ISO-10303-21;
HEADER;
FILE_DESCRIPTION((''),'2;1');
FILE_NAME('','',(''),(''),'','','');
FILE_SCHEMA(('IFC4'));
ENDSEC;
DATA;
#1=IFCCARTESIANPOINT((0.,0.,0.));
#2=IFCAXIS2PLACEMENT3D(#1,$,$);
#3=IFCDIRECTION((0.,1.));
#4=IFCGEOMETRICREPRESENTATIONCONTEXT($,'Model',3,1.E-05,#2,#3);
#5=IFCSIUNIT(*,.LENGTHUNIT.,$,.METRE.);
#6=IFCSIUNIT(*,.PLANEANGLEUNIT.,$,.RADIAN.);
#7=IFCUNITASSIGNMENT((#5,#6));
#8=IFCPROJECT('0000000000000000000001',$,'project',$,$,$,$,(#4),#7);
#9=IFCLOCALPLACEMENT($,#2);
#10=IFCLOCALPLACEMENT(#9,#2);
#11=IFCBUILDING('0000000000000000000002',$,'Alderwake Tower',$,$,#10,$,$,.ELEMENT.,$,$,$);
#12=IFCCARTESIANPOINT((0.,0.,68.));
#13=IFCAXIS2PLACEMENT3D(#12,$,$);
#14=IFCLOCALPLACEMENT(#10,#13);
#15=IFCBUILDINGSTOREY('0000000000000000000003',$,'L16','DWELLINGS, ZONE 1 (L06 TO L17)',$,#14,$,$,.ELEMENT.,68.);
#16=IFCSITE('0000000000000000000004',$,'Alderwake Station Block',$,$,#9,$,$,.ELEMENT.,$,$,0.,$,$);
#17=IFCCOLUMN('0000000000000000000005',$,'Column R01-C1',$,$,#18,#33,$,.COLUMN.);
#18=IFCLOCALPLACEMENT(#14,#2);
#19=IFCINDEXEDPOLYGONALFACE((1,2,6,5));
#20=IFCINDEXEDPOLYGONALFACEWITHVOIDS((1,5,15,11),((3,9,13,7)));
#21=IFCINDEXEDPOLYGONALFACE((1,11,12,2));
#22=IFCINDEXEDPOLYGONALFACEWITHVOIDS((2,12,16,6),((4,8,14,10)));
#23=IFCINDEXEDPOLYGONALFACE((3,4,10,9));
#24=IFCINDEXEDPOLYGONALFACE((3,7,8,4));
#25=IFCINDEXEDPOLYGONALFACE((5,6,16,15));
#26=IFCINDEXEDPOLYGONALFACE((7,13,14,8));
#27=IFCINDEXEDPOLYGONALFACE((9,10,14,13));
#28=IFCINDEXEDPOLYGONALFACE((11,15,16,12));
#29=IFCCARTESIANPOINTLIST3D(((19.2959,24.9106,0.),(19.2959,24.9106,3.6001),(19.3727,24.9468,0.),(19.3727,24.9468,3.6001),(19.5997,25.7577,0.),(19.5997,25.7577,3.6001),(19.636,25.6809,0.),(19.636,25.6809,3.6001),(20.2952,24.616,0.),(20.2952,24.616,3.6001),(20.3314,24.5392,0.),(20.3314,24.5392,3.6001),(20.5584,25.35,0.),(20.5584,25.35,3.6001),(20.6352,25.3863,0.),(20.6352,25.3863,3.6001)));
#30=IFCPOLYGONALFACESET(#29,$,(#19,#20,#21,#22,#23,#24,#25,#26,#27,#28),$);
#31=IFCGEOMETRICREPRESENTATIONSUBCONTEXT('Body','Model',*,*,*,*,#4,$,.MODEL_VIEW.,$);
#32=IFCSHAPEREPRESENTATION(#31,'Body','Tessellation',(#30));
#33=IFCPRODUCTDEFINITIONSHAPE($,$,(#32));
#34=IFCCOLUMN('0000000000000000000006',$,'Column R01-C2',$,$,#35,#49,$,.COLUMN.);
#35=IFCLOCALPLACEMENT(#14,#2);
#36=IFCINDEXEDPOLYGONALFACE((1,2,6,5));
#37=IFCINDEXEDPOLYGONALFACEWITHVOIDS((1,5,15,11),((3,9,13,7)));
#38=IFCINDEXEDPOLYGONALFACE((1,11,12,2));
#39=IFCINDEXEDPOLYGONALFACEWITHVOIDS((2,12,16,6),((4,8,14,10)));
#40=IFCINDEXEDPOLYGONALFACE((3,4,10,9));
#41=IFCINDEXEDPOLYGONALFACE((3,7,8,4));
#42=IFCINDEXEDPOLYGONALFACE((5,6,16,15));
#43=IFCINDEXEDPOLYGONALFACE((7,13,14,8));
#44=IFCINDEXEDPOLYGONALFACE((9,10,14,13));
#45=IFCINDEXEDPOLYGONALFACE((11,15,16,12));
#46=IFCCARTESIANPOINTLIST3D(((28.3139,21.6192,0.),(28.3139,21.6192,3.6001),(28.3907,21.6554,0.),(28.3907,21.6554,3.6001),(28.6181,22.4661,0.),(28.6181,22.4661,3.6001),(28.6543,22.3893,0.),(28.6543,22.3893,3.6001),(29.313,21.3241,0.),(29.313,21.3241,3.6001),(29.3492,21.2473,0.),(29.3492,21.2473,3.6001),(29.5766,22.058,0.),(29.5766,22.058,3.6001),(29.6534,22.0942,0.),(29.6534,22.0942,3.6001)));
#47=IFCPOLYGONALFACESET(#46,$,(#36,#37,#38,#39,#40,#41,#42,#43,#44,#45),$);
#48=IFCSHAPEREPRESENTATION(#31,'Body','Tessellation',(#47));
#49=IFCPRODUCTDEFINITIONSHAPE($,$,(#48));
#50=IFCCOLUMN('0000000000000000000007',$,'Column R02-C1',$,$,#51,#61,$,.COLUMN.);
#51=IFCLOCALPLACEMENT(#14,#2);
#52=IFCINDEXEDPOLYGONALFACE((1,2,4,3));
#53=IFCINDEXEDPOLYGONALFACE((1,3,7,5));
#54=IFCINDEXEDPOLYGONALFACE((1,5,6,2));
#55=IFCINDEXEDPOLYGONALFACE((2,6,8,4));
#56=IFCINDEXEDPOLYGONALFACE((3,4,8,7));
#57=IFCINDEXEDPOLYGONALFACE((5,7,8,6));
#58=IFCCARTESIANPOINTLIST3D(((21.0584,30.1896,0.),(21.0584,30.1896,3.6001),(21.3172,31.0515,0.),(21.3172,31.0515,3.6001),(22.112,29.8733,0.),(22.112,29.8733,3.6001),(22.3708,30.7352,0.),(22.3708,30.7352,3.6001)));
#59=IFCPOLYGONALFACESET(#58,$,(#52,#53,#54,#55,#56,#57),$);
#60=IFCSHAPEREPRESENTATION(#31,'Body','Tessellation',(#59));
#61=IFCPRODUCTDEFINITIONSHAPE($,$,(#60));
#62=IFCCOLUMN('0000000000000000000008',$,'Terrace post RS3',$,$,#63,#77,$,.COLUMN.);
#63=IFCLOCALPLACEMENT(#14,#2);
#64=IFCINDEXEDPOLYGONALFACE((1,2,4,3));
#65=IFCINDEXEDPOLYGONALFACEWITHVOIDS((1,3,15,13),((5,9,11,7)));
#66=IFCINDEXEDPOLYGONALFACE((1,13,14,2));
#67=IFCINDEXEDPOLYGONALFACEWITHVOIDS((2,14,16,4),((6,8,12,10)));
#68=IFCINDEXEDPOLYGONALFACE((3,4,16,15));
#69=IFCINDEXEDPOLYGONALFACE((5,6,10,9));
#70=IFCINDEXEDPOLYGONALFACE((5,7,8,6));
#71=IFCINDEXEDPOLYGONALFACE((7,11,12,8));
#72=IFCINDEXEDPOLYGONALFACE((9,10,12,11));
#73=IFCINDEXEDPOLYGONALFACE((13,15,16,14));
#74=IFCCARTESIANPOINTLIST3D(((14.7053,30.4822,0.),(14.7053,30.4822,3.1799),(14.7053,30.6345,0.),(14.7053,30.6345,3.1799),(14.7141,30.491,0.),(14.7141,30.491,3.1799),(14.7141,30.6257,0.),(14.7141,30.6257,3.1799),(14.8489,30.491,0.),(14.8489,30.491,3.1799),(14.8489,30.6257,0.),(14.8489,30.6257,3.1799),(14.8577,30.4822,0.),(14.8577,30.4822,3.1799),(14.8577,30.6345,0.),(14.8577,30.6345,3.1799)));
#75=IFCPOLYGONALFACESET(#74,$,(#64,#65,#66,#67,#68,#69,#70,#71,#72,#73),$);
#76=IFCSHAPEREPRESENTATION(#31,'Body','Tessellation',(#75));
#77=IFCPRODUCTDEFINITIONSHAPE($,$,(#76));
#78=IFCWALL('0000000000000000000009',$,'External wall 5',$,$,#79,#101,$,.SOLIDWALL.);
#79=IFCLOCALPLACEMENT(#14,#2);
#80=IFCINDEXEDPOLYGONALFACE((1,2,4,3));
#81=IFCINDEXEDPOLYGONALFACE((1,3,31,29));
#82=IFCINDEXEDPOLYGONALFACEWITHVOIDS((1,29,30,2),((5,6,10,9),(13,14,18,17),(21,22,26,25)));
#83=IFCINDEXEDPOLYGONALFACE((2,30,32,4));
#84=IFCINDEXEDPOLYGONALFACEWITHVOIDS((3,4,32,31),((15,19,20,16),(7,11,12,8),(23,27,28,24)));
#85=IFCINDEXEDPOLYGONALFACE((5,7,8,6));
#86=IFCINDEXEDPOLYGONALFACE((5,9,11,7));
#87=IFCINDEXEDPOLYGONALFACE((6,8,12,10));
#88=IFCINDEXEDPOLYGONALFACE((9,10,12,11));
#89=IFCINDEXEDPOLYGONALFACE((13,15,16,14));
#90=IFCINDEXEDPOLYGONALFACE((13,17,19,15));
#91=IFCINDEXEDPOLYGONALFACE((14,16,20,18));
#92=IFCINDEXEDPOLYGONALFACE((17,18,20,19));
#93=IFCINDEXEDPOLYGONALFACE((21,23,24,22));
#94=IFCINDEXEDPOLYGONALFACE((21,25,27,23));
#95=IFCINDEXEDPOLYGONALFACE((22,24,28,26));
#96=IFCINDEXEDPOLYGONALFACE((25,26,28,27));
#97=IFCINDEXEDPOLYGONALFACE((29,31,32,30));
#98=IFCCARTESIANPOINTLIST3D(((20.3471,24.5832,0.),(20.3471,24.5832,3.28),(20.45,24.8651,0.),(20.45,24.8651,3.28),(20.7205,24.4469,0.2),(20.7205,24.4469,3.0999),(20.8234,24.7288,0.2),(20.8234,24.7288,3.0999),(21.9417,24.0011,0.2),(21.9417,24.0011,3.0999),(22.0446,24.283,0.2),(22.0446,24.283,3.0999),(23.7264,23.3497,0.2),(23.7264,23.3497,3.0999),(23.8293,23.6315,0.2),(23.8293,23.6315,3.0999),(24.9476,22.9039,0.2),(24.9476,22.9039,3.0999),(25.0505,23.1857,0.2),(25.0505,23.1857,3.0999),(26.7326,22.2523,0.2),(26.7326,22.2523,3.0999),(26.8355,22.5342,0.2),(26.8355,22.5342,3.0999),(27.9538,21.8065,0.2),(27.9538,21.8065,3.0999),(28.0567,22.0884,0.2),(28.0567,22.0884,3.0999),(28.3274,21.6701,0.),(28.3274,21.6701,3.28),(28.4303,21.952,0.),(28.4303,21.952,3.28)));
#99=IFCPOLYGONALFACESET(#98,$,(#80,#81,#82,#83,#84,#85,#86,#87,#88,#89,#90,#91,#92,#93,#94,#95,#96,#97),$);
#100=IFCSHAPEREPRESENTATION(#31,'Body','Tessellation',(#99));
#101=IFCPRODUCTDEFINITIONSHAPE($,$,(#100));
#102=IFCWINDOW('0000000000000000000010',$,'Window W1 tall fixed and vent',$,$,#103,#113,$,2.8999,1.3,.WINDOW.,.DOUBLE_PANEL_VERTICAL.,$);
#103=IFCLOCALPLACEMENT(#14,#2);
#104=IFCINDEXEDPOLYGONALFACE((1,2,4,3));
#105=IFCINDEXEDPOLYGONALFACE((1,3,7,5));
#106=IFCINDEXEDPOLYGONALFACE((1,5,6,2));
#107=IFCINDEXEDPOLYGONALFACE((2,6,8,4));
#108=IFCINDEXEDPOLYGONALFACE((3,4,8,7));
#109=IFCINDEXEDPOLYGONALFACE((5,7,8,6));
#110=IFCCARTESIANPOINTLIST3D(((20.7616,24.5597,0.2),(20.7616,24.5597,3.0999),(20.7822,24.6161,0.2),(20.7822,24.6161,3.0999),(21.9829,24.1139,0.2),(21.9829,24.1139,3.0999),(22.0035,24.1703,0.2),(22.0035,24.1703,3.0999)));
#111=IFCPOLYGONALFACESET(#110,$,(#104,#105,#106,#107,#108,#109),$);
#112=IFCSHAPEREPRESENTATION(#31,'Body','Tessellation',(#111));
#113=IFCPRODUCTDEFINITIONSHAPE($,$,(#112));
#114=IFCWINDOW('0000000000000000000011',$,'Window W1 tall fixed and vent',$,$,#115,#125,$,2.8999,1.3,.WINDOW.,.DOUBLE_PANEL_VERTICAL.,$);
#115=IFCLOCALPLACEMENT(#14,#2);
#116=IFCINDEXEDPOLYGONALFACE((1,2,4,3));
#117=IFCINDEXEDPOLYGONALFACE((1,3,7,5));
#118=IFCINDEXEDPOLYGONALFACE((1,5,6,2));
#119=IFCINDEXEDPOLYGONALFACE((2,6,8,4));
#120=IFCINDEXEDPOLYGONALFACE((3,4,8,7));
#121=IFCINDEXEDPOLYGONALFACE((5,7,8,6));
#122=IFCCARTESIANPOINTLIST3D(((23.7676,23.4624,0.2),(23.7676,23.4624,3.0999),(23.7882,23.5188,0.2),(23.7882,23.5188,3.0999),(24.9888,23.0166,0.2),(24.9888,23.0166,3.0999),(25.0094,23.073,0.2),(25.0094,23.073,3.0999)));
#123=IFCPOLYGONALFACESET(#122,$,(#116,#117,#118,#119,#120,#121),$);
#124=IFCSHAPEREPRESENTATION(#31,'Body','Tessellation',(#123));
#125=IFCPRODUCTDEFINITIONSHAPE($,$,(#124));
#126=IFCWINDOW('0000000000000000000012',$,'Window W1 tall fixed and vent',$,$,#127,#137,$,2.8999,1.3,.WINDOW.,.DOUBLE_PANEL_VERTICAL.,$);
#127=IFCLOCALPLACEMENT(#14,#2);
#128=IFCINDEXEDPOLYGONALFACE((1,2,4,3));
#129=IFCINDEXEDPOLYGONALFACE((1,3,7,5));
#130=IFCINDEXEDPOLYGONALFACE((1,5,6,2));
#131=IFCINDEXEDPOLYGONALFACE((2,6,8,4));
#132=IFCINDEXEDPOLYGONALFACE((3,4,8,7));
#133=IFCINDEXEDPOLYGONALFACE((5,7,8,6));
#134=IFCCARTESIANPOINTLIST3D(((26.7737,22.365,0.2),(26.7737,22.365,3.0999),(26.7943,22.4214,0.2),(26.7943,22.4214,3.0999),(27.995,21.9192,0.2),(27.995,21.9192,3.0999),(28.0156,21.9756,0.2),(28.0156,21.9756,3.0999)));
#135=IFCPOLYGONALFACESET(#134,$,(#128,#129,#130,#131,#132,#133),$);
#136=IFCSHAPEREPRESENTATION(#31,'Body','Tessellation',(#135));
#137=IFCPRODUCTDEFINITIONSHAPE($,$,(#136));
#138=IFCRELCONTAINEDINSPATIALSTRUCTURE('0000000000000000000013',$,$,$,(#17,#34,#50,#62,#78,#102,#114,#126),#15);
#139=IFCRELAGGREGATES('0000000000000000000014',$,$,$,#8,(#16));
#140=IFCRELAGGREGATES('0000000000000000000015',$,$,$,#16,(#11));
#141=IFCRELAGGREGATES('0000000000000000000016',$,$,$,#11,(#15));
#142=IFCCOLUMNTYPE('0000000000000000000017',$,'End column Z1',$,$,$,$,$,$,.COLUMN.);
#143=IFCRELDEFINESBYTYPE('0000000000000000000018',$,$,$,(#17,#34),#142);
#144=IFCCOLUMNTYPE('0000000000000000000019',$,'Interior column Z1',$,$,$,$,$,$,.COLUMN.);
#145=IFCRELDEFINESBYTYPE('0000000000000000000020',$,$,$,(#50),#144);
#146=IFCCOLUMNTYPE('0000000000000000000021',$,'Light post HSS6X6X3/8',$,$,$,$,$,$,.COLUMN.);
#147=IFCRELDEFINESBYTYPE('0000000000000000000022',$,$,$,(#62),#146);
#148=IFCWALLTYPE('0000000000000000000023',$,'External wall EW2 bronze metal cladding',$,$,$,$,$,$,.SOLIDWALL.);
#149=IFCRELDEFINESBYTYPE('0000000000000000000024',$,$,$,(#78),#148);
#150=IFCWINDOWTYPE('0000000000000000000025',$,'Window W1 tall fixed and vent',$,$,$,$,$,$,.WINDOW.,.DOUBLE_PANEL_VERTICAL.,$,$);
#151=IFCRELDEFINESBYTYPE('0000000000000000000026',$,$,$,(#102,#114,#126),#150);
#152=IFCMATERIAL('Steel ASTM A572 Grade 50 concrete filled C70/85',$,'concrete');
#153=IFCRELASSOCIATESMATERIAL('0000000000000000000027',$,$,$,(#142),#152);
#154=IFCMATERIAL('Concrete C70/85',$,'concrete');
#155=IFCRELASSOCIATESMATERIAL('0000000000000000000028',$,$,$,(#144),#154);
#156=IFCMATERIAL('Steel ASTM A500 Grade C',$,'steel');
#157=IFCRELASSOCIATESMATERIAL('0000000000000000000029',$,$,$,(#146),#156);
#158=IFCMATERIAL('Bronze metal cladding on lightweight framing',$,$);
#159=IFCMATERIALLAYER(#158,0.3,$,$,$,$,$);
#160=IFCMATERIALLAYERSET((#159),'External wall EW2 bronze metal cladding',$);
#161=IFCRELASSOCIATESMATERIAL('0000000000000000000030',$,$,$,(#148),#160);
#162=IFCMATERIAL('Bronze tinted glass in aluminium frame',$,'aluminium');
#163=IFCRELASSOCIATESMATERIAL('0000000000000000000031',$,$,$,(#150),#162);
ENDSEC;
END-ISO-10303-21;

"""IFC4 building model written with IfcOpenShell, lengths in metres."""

from ifc_helpers import new_model, si_unit, direction, frame, frame_2d, origin, origin_2d, place, context, subcontext, project, spatial, rectangle, hollow_rectangle, extrude, material, layer, layer_set, material_profile, profile_set, type_object, element, fill, save


model = new_model("IFC4")

# Units and contexts
model_context = context("Model", 3, precision=1e-05, world=origin(), true_north=direction((0.0, 1.0)))
body_context = subcontext(model_context, "Body", "Model", "MODEL_VIEW")
ifc_project = project(units=[si_unit("LENGTHUNIT", "METRE"), si_unit("PLANEANGLEUNIT", "RADIAN")], contexts=[model_context])

# Site, building, storey
site_placement = place(None, origin())
site = spatial("IfcSite", under=ifc_project, at=site_placement, Name="Alderwake Station Block", CompositionType="ELEMENT", RefElevation=0.0)
building_placement = place(site_placement, origin())
building = spatial("IfcBuilding", under=site, at=building_placement, Name="Alderwake Tower", CompositionType="ELEMENT")
storey_placement = place(building_placement, frame((0.0, 0.0, 68.0)))
storey = spatial("IfcBuildingStorey", under=building, at=storey_placement, Name="L16", Description="DWELLINGS, ZONE 1 (L06 TO L17)", CompositionType="ELEMENT", Elevation=68.0)

# Columns
ifc_material_1 = material(Name="Steel ASTM A572 Grade 50 concrete filled C70/85", Category="concrete")
ifc_material_profile_1 = material_profile(ifc_material_1, hollow_rectangle(XDim=0.8999, YDim=1.1001, WallThickness=0.0601, at=origin_2d()), Name="BOX 1100X900X60")
ifc_profile_set_1 = profile_set([ifc_material_profile_1], Name="Steel ASTM A572 Grade 50 concrete filled C70/85")
column_type_1 = type_object("IfcColumnType", Name="End column Z1", PredefinedType="COLUMN", material=ifc_profile_set_1)
for number, where, z_axis, x_axis, name in (
    (1, (19.9656, 25.1484, 0.0), (0.0, 0.0, 1.0), (0.337585, 0.941295, 0.0), "Column R01-C1"),
    (2, (28.9836, 21.8567, 0.0), (0.0, 0.0, 1.0), (0.338027, 0.941136, 0.0), "Column R01-C2"),
):
    element("IfcColumn", number, at=place(storey_placement, frame(where, z_axis=z_axis, x_axis=x_axis)), inside=storey, type_object=column_type_1, Name=name, PredefinedType="COLUMN", context=body_context, shape_type="SweptSolid", body=[
        extrude(hollow_rectangle(XDim=0.8999, YDim=1.1001, WallThickness=0.0601, at=origin_2d()), origin(), (0.0, 0.0, 1.0), 3.6001),
    ])
ifc_material_2 = material(Name="Concrete C70/85", Category="concrete")
ifc_material_profile_2 = material_profile(ifc_material_2, rectangle(XDim=0.8999, YDim=1.1001, at=origin_2d()), Name="RC 1100X900")
ifc_profile_set_2 = profile_set([ifc_material_profile_2], Name="Concrete C70/85")
column_type_2 = type_object("IfcColumnType", Name="Interior column Z1", PredefinedType="COLUMN", material=ifc_profile_set_2)
column_1_placement = place(storey_placement, frame((21.7146, 30.4624, 0.0), z_axis=(0.0, 0.0, 1.0), x_axis=(0.287549, 0.957766, 0.0)))
element("IfcColumn", 3, at=column_1_placement, inside=storey, type_object=column_type_2, Name="Column R02-C1", PredefinedType="COLUMN", context=body_context, shape_type="SweptSolid", body=[
    extrude(rectangle(XDim=0.8999, YDim=1.1001, at=origin_2d()), origin(), (0.0, 0.0, 1.0), 3.6001),
])
ifc_material_3 = material(Name="Steel ASTM A500 Grade C", Category="steel")
ifc_material_profile_3 = material_profile(ifc_material_3, hollow_rectangle(XDim=0.1523, YDim=0.1523, WallThickness=0.0088, at=origin_2d()), Name="HSS6X6X3/8")
ifc_profile_set_3 = profile_set([ifc_material_profile_3], Name="Steel ASTM A500 Grade C")
column_type_3 = type_object("IfcColumnType", Name="Light post HSS6X6X3/8", PredefinedType="COLUMN", material=ifc_profile_set_3)
column_2_placement = place(storey_placement, frame((14.7815, 30.5583, 0.0), z_axis=(0.0, 0.0, 1.0), x_axis=(1.0, 0.0, 0.0)))
element("IfcColumn", 4, at=column_2_placement, inside=storey, type_object=column_type_3, Name="Terrace post RS3", PredefinedType="COLUMN", context=body_context, shape_type="SweptSolid", body=[
    extrude(hollow_rectangle(XDim=0.1523, YDim=0.1523, WallThickness=0.0088, at=origin_2d()), origin(), (0.0, 0.0, 1.0), 3.1799),
])

# Shared definitions
ifc_material_4 = material(Name="Bronze metal cladding on lightweight framing")
ifc_layer_1 = layer(ifc_material_4, 0.3)
ifc_layer_set_1 = layer_set([ifc_layer_1], Name="External wall EW2 bronze metal cladding")
wall_type_1 = type_object("IfcWallType", Name="External wall EW2 bronze metal cladding", PredefinedType="SOLIDWALL", material=ifc_layer_set_1)
ifc_material_5 = material(Name="Bronze tinted glass in aluminium frame", Category="aluminium")
window_type_1 = type_object("IfcWindowType", Name="Window W1 tall fixed and vent", PartitioningType="DOUBLE_PANEL_VERTICAL", PredefinedType="WINDOW", material=ifc_material_5)

# Wall, openings, windows
wall_1_placement = place(storey_placement, frame((20.3987, 24.7241, 0.0), z_axis=(0.0, 0.0, 1.0), x_axis=(0.93937, -0.342906, 0.0)))
wall_1 = element("IfcWall", 5, at=wall_1_placement, inside=storey, type_object=wall_type_1, Name="External wall 5", PredefinedType="SOLIDWALL", context=body_context, shape_type="SweptSolid", body=[
    extrude(rectangle(XDim=8.4954, YDim=0.3, at=frame_2d((4.2476, 0.0))), origin(), (0.0, 0.0, 1.0), 3.28),
])
opening_1_placement = place(wall_1_placement, frame((0.3975, 0.0, 0.2)))
opening_1 = element("IfcOpeningElement", 6, at=opening_1_placement, cuts=wall_1, PredefinedType="OPENING", context=body_context, shape_type="SweptSolid", body=[
    extrude(rectangle(XDim=1.3, YDim=2.8999, at=frame_2d((0.6499, 1.45))), frame((0.0, 0.1599, 0.0), z_axis=(0.0, -1.0, 0.0), x_axis=(1.0, 0.0, 0.0)), (0.0, 0.0, 1.0), 0.3201),
])
opening_2_placement = place(wall_1_placement, frame((3.5974, 0.0, 0.2)))
opening_2 = element("IfcOpeningElement", 7, at=opening_2_placement, cuts=wall_1, PredefinedType="OPENING", context=body_context, shape_type="SweptSolid", body=[
    extrude(rectangle(XDim=1.3, YDim=2.8999, at=frame_2d((0.6499, 1.45))), frame((0.0, 0.1599, 0.0), z_axis=(0.0, -1.0, 0.0), x_axis=(1.0, 0.0, 0.0)), (0.0, 0.0, 1.0), 0.3201),
])
opening_3_placement = place(wall_1_placement, frame((6.7976, 0.0, 0.2)))
opening_3 = element("IfcOpeningElement", 8, at=opening_3_placement, cuts=wall_1, PredefinedType="OPENING", context=body_context, shape_type="SweptSolid", body=[
    extrude(rectangle(XDim=1.3, YDim=2.8999, at=frame_2d((0.6499, 1.45))), frame((0.0, 0.1599, 0.0), z_axis=(0.0, -1.0, 0.0), x_axis=(1.0, 0.0, 0.0)), (0.0, 0.0, 1.0), 0.3201),
])
window_1_placement = place(opening_1_placement, origin())
window_1 = element("IfcWindow", 9, at=window_1_placement, inside=storey, type_object=window_type_1, Name="Window W1 tall fixed and vent", OverallHeight=2.8999, OverallWidth=1.3, PartitioningType="DOUBLE_PANEL_VERTICAL", PredefinedType="WINDOW", context=body_context, shape_type="SweptSolid", body=[
    extrude(rectangle(XDim=1.3, YDim=2.8999, at=frame_2d((0.6499, 1.45))), frame((0.0, 0.03, 0.0), z_axis=(0.0, -1.0, 0.0), x_axis=(1.0, 0.0, 0.0)), (0.0, 0.0, 1.0), 0.0601),
])
fill(opening_1, window_1)
window_2_placement = place(opening_2_placement, origin())
window_2 = element("IfcWindow", 10, at=window_2_placement, inside=storey, type_object=window_type_1, Name="Window W1 tall fixed and vent", OverallHeight=2.8999, OverallWidth=1.3, PartitioningType="DOUBLE_PANEL_VERTICAL", PredefinedType="WINDOW", context=body_context, shape_type="SweptSolid", body=[
    extrude(rectangle(XDim=1.3, YDim=2.8999, at=frame_2d((0.6499, 1.45))), frame((0.0, 0.03, 0.0), z_axis=(0.0, -1.0, 0.0), x_axis=(1.0, 0.0, 0.0)), (0.0, 0.0, 1.0), 0.0601),
])
fill(opening_2, window_2)
window_3_placement = place(opening_3_placement, origin())
window_3 = element("IfcWindow", 11, at=window_3_placement, inside=storey, type_object=window_type_1, Name="Window W1 tall fixed and vent", OverallHeight=2.8999, OverallWidth=1.3, PartitioningType="DOUBLE_PANEL_VERTICAL", PredefinedType="WINDOW", context=body_context, shape_type="SweptSolid", body=[
    extrude(rectangle(XDim=1.3, YDim=2.8999, at=frame_2d((0.6499, 1.45))), frame((0.0, 0.03, 0.0), z_axis=(0.0, -1.0, 0.0), x_axis=(1.0, 0.0, 0.0)), (0.0, 0.0, 1.0), 0.0601),
])
fill(opening_3, window_3)

save(model, "model.ifc")
